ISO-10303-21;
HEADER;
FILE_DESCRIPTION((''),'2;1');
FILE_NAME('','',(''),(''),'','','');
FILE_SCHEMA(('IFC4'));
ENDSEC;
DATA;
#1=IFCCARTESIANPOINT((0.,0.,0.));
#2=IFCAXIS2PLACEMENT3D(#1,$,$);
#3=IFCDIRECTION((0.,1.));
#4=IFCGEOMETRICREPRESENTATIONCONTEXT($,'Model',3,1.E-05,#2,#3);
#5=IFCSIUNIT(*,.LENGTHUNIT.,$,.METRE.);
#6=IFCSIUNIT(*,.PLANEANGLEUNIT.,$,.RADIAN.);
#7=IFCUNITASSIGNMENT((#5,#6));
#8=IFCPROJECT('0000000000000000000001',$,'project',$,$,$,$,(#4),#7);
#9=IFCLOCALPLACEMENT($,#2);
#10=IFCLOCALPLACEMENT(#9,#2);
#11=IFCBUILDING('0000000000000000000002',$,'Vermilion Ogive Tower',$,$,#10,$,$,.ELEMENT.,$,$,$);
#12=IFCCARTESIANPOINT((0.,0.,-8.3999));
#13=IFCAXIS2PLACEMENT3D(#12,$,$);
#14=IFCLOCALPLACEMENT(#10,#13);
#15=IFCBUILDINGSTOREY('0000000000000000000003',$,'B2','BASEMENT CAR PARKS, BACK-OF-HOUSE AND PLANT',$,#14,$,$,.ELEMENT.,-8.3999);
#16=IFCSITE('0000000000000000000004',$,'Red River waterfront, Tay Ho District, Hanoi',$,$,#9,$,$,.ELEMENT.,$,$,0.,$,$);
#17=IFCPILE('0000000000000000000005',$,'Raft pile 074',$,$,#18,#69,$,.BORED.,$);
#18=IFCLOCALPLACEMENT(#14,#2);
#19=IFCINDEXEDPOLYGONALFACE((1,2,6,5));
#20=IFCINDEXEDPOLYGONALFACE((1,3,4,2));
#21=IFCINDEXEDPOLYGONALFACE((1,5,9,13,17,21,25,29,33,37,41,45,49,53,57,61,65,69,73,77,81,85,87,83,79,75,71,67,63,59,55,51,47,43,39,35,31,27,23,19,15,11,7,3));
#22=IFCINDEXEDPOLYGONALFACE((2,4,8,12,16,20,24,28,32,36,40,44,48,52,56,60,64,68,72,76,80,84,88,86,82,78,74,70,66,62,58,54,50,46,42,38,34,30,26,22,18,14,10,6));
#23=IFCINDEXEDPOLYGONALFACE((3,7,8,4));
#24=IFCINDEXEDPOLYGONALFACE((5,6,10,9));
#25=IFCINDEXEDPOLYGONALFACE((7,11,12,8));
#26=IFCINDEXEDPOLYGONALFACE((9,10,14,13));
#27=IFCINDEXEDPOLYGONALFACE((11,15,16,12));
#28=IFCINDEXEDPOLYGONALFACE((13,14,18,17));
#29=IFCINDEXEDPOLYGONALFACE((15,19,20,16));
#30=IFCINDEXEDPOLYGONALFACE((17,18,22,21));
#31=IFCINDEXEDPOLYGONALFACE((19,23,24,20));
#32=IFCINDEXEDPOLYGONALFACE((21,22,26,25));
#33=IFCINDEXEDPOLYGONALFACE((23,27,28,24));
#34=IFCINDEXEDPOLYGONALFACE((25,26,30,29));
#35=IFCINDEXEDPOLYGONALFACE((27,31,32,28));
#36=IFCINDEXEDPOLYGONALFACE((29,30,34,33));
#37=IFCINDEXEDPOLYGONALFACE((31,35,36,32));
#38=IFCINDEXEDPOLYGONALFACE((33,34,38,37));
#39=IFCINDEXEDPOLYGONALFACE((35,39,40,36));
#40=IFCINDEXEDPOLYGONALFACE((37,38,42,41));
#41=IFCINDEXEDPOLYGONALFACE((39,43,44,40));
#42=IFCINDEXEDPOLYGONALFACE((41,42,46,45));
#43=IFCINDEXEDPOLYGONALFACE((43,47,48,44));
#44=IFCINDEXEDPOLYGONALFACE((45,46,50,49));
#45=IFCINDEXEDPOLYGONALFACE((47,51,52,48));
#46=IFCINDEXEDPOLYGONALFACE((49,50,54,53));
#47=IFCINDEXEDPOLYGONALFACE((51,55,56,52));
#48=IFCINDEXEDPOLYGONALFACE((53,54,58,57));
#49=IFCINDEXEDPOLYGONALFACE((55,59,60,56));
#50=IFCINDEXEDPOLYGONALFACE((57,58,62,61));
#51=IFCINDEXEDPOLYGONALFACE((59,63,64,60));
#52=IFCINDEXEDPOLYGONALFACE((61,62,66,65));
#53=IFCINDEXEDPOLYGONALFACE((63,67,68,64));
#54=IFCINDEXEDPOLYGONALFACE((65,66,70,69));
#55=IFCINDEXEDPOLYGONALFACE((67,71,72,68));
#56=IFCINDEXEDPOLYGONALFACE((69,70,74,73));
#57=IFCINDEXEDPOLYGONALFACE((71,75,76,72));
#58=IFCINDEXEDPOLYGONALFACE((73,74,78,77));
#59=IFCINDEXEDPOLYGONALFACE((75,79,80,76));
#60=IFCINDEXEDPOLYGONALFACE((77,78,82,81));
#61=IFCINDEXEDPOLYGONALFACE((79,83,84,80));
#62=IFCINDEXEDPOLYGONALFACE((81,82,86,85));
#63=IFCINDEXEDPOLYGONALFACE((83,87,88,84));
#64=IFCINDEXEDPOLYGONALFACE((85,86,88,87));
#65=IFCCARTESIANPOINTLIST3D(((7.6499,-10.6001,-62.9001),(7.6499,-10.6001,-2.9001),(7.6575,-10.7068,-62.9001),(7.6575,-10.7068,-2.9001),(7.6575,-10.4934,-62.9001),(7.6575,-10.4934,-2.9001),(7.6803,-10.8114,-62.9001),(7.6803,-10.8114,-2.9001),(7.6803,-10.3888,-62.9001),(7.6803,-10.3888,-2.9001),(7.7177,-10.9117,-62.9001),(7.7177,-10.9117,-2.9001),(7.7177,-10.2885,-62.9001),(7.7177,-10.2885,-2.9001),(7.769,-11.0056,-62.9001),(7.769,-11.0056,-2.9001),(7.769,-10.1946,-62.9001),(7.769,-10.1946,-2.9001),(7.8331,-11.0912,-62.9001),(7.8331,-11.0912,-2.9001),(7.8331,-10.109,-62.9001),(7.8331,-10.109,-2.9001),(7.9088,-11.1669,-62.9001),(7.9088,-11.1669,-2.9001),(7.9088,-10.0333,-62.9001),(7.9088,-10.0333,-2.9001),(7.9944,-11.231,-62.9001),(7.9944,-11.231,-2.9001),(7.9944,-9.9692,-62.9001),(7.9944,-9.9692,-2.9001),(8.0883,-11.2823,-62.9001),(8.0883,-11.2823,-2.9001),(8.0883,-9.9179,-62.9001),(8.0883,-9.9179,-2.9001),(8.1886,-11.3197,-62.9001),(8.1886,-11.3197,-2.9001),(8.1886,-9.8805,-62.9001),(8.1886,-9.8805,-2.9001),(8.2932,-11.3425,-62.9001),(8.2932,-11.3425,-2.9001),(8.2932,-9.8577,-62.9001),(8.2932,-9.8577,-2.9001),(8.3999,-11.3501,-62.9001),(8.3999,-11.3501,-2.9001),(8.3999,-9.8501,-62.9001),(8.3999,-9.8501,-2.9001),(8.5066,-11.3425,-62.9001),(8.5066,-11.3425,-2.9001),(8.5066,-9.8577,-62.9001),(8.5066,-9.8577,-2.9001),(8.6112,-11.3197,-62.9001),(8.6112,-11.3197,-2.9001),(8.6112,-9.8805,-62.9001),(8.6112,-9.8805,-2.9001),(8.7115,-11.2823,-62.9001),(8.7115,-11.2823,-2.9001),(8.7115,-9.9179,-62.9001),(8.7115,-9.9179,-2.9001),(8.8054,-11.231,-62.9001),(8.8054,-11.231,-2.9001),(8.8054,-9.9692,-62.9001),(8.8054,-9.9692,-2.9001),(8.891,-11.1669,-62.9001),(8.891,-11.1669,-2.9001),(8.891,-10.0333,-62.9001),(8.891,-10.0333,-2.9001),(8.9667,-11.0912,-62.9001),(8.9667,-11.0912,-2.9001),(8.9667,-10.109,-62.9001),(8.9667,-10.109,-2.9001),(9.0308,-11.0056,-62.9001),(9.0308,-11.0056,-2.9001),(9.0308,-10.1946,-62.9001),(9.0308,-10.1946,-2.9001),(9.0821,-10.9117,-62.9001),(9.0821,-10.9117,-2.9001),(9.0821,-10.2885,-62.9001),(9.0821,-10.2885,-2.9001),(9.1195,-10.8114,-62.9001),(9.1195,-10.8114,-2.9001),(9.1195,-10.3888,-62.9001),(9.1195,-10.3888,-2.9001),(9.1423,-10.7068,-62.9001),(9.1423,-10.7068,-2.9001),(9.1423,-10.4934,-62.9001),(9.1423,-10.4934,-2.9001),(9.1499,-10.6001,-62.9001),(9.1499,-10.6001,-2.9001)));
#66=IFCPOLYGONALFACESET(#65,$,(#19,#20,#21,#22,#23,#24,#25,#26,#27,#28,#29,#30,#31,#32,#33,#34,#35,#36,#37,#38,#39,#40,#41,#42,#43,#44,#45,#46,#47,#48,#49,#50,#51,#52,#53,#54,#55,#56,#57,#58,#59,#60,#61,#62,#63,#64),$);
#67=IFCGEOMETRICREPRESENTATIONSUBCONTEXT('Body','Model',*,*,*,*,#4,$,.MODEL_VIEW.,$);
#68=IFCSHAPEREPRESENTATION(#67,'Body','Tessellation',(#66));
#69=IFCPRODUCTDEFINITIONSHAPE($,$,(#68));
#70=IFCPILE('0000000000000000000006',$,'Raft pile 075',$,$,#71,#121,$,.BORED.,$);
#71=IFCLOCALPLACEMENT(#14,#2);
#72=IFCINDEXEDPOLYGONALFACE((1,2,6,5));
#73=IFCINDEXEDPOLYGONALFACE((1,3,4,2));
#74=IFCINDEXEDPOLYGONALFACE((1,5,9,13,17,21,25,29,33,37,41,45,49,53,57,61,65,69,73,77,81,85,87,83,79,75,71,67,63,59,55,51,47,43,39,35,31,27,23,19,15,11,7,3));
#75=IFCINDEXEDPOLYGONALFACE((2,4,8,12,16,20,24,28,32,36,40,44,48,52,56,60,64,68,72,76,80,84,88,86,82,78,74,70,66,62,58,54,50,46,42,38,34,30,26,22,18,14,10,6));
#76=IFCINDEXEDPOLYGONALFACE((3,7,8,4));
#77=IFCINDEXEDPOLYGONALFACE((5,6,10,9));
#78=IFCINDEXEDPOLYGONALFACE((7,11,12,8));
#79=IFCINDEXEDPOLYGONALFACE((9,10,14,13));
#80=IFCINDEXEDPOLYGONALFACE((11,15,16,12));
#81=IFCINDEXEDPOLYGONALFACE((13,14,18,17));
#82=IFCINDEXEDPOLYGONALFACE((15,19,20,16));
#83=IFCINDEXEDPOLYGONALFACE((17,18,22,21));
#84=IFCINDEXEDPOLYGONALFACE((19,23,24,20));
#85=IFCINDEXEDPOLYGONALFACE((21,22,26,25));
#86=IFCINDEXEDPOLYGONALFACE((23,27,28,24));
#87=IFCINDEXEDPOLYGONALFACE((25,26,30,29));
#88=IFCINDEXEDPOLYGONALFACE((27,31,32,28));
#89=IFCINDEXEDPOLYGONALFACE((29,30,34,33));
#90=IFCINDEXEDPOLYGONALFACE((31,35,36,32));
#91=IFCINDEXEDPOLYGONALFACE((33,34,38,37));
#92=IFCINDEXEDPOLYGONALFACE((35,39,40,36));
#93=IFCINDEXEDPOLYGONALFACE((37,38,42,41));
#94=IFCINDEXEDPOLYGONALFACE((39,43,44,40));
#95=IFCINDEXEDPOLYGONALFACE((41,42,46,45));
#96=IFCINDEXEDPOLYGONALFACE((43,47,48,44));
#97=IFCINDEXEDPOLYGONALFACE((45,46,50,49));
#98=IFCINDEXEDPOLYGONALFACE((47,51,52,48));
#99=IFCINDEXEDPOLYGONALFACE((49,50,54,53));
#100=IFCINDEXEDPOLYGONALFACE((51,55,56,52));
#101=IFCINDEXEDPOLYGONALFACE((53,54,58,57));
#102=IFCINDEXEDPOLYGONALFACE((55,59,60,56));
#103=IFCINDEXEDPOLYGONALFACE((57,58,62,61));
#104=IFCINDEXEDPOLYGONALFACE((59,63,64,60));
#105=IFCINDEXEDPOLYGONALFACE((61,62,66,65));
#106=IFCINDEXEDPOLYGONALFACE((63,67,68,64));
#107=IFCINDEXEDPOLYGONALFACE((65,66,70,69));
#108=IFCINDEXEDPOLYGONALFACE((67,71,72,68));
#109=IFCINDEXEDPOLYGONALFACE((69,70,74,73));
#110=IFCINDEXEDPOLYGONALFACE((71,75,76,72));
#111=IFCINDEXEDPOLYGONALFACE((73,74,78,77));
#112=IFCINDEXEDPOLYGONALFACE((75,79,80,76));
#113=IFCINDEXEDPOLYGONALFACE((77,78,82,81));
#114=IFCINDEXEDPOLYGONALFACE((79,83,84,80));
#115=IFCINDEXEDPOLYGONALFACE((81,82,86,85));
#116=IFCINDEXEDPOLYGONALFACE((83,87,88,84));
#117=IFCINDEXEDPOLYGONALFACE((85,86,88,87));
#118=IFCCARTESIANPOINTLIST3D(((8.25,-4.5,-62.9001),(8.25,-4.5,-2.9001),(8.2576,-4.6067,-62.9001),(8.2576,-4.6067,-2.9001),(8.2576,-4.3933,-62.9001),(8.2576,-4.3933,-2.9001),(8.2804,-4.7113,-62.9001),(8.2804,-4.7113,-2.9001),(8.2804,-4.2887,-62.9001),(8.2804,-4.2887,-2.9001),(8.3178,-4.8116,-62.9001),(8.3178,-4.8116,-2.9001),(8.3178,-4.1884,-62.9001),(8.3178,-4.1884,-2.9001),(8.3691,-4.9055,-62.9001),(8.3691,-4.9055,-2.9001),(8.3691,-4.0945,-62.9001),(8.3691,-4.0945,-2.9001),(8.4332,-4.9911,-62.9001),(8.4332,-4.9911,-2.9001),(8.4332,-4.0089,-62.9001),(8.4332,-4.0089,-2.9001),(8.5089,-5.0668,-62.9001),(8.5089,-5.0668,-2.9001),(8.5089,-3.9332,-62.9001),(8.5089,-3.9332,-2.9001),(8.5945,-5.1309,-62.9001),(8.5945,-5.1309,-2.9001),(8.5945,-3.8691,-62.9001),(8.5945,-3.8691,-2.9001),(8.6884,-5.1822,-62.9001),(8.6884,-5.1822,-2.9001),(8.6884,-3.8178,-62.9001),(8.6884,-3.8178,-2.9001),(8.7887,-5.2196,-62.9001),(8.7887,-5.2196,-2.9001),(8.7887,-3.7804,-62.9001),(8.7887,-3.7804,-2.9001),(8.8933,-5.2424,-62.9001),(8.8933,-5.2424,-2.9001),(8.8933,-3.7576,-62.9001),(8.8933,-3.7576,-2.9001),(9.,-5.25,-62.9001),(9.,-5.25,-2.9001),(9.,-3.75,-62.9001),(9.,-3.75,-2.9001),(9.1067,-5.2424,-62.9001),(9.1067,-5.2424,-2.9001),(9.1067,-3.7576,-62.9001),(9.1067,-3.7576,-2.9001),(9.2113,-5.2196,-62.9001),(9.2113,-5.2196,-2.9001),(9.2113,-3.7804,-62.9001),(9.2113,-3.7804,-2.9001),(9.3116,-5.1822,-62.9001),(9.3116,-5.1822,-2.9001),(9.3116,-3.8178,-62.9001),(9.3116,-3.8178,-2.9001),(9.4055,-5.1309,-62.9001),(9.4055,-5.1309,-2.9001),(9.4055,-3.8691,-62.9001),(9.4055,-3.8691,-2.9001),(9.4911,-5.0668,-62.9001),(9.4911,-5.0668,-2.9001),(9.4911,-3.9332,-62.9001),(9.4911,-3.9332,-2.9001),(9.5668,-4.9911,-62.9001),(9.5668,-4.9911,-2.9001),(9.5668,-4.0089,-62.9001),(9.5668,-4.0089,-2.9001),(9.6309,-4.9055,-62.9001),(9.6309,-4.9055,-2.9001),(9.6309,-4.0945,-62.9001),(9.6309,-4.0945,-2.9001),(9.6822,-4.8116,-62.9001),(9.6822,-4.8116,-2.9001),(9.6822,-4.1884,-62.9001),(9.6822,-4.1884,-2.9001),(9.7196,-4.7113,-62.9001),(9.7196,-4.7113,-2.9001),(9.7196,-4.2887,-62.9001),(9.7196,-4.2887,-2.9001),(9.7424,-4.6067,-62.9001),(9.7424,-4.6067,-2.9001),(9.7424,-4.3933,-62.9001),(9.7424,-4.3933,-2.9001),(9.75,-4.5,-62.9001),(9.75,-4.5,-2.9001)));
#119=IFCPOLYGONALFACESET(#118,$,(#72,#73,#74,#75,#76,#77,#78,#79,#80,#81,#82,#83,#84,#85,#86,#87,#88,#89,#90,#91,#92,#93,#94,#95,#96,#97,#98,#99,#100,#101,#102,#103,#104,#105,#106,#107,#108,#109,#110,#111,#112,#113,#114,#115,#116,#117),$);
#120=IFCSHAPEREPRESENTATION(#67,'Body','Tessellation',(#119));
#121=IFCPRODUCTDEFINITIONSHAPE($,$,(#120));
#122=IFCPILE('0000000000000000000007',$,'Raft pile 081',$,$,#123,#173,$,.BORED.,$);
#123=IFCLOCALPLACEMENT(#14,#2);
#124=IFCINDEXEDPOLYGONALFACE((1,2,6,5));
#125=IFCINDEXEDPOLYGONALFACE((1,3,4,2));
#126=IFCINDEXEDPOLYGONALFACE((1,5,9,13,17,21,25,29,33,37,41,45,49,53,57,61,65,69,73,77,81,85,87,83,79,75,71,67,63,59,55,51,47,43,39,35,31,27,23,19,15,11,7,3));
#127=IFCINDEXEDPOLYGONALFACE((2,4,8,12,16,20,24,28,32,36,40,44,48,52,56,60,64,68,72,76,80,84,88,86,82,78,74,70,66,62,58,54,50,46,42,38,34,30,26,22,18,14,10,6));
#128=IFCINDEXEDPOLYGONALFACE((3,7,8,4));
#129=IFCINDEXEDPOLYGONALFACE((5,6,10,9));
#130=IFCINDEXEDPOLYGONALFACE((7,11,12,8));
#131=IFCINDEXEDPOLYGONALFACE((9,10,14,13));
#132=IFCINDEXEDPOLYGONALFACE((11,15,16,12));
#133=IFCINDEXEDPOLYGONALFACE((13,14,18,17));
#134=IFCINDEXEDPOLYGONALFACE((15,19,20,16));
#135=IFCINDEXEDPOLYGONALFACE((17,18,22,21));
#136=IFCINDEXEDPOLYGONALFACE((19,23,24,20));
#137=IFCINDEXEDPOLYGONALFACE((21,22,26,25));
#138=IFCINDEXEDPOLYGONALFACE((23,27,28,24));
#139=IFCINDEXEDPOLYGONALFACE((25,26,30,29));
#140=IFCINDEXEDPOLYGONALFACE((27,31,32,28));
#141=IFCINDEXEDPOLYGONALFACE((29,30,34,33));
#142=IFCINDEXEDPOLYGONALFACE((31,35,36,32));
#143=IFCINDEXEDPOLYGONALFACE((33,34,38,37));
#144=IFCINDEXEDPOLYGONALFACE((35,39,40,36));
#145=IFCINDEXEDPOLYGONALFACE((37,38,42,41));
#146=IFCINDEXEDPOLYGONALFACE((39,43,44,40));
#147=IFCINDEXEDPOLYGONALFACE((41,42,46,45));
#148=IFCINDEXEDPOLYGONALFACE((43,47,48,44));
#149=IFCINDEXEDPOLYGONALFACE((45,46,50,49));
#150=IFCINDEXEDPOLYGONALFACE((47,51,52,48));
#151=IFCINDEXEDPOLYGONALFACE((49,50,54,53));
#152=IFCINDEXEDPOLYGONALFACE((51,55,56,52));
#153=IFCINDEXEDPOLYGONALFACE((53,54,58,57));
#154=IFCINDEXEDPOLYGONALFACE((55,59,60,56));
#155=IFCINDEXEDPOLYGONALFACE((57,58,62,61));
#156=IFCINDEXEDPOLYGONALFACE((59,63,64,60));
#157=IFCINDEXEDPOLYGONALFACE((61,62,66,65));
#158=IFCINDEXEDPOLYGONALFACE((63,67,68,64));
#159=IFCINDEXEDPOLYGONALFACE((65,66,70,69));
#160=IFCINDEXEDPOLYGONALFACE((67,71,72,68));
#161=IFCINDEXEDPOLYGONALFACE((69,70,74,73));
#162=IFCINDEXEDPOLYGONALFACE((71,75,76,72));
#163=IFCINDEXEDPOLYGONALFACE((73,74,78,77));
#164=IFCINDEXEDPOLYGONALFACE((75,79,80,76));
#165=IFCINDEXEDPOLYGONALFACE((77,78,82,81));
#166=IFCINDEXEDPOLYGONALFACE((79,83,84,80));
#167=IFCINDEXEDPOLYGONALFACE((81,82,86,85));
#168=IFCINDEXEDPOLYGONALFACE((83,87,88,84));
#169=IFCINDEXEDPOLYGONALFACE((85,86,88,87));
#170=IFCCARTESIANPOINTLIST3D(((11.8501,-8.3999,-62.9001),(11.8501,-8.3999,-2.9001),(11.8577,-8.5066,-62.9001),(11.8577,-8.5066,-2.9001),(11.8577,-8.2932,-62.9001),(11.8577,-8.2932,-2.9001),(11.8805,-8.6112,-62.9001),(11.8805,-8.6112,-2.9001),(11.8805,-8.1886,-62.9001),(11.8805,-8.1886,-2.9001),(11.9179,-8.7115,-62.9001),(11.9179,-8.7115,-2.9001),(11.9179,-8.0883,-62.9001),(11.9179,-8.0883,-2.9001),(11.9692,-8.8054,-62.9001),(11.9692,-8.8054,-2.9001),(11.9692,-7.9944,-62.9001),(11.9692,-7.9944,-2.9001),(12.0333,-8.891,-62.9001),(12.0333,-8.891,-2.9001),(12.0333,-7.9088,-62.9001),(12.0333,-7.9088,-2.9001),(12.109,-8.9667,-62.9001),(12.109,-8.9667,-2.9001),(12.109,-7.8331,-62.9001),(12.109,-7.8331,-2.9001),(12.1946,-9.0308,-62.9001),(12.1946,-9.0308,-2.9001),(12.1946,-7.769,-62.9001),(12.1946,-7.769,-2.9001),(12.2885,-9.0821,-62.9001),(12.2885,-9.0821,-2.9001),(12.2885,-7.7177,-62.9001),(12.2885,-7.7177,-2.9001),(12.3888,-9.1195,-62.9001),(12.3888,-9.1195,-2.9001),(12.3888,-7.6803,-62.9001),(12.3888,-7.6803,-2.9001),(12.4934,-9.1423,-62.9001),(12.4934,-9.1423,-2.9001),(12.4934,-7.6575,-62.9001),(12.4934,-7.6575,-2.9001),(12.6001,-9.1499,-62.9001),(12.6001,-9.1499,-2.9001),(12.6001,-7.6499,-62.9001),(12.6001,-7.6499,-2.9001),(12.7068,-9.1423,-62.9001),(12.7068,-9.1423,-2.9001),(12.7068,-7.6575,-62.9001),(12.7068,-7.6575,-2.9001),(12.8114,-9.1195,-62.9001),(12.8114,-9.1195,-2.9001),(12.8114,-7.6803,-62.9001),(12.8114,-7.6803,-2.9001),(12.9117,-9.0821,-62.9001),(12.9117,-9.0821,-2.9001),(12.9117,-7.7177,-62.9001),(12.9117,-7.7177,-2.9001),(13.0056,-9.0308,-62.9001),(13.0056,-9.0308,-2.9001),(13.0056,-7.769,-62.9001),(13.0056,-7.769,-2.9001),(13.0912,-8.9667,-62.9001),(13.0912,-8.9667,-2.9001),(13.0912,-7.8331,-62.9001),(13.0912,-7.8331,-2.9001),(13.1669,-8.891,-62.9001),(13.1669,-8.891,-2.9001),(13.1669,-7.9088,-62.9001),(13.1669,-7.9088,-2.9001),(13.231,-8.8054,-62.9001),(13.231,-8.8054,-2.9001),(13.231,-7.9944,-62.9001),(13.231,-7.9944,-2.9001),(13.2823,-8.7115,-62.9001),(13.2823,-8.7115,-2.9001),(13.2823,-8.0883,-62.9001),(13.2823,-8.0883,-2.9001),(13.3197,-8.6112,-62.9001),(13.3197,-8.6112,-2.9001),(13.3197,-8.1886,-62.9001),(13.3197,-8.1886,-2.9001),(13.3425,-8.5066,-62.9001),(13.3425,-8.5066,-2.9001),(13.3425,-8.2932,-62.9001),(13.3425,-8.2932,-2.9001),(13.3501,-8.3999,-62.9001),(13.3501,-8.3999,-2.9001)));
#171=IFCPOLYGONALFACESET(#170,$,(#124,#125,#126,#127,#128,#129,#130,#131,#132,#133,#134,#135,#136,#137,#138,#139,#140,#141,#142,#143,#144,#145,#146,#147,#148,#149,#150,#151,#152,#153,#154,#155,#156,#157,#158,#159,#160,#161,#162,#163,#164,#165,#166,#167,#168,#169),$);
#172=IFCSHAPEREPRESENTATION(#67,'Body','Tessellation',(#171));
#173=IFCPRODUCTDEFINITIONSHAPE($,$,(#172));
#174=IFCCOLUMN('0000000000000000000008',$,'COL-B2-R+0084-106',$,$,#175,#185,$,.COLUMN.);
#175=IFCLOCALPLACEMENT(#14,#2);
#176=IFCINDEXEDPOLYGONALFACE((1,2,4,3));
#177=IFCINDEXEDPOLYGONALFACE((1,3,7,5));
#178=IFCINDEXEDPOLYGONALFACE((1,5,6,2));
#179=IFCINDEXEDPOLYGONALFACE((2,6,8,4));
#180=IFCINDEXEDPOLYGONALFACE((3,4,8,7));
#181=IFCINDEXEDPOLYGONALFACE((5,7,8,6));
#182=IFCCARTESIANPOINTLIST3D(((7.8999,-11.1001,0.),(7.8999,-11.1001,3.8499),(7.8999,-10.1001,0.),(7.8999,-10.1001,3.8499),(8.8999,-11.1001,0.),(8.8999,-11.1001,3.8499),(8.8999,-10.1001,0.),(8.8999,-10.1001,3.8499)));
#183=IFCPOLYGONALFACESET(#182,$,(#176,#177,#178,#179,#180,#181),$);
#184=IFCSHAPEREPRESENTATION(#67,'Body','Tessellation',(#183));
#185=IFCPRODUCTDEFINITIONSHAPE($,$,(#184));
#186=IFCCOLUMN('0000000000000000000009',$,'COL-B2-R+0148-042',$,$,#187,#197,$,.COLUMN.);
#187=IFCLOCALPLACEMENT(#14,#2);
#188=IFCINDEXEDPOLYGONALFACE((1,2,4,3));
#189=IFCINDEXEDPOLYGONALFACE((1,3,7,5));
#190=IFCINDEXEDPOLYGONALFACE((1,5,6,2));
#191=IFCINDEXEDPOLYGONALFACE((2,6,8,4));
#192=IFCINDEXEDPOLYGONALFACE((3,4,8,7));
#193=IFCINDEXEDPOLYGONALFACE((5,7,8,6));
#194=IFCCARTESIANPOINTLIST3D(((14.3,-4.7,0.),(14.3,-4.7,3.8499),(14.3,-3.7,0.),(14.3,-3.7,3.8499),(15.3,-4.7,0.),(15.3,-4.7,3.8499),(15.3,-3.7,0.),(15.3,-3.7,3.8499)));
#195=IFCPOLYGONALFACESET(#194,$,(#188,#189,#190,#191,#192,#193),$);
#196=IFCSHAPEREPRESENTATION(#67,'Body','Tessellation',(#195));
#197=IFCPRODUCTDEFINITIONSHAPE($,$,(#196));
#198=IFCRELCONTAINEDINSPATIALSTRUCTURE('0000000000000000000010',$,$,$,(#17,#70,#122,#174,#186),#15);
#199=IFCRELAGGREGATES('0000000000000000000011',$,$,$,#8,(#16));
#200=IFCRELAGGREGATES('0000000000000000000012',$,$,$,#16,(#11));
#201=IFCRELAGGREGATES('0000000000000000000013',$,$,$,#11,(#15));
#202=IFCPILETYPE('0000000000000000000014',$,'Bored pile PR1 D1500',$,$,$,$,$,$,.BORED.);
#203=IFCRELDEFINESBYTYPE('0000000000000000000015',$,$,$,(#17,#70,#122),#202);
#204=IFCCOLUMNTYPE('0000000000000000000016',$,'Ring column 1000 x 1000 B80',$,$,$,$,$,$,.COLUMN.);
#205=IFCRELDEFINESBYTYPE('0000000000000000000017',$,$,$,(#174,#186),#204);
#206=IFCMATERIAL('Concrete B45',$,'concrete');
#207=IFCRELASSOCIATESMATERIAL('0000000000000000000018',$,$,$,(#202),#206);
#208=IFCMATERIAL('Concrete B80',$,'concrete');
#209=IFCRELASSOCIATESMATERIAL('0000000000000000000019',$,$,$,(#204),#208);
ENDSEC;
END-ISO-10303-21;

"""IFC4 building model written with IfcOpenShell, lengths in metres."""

from ifc_helpers import new_model, si_unit, direction, frame, origin, origin_2d, place, context, subcontext, project, spatial, rectangle, circle, extrude, material, material_profile, profile_set, type_object, element, save


model = new_model("IFC4")

# Units and contexts
model_context = context("Model", 3, precision=1e-05, world=origin(), true_north=direction((0.0, 1.0)))
body_context = subcontext(model_context, "Body", "Model", "MODEL_VIEW")
ifc_project = project(units=[si_unit("LENGTHUNIT", "METRE"), si_unit("PLANEANGLEUNIT", "RADIAN")], contexts=[model_context])

# Site, building, storey
site_placement = place(None, origin())
site = spatial("IfcSite", under=ifc_project, at=site_placement, Name="Red River waterfront, Tay Ho District, Hanoi", CompositionType="ELEMENT", RefElevation=0.0)
building_placement = place(site_placement, origin())
building = spatial("IfcBuilding", under=site, at=building_placement, Name="Vermilion Ogive Tower", CompositionType="ELEMENT")
storey_placement = place(building_placement, frame((0.0, 0.0, -8.3999)))
storey = spatial("IfcBuildingStorey", under=building, at=storey_placement, Name="B2", Description="BASEMENT CAR PARKS, BACK-OF-HOUSE AND PLANT", CompositionType="ELEMENT", Elevation=-8.3999)

# Piles
ifc_material_1 = material(Name="Concrete B45", Category="concrete")
pile_type = type_object("IfcPileType", Name="Bored pile PR1 D1500", PredefinedType="BORED", material=ifc_material_1)
for number, where, z_axis, x_axis, name in (
    (1, (8.3999, -10.6001, -2.9001), (0.0, 0.0, -1.0), (1.0, 0.0, 0.0), "Raft pile 074"),
    (2, (9.0, -4.5, -2.9001), (0.0, 0.0, -1.0), (1.0, 0.0, 0.0), "Raft pile 075"),
    (3, (12.6001, -8.3999, -2.9001), (0.0, 0.0, -1.0), (1.0, 0.0, 0.0), "Raft pile 081"),
):
    element("IfcPile", number, at=place(storey_placement, frame(where, z_axis=z_axis, x_axis=x_axis)), inside=storey, type_object=pile_type, Name=name, PredefinedType="BORED", context=body_context, shape_type="SweptSolid", body=[
        extrude(circle(Radius=0.75, at=origin_2d()), origin(), (0.0, 0.0, 1.0), 60.0),
    ])

# Columns
ifc_material_2 = material(Name="Concrete B80", Category="concrete")
ifc_material_profile = material_profile(ifc_material_2, rectangle(XDim=1.0, YDim=1.0, at=origin_2d()), Name="1000 x 1000")
ifc_profile_set = profile_set([ifc_material_profile], Name="Concrete B80")
column_type = type_object("IfcColumnType", Name="Ring column 1000 x 1000 B80", PredefinedType="COLUMN", material=ifc_profile_set)
for number, where, z_axis, x_axis, name in (
    (4, (8.3999, -10.6001, 0.0), (0.0, 0.0, 1.0), (1.0, 0.0, 0.0), "COL-B2-R+0084-106"),
    (5, (14.8, -4.2, 0.0), (0.0, 0.0, 1.0), (1.0, 0.0, 0.0), "COL-B2-R+0148-042"),
):
    element("IfcColumn", number, at=place(storey_placement, frame(where, z_axis=z_axis, x_axis=x_axis)), inside=storey, type_object=column_type, Name=name, PredefinedType="COLUMN", context=body_context, shape_type="SweptSolid", body=[
        extrude(rectangle(XDim=1.0, YDim=1.0, at=origin_2d()), origin(), (0.0, 0.0, 1.0), 3.8499),
    ])

save(model, "model.ifc")
